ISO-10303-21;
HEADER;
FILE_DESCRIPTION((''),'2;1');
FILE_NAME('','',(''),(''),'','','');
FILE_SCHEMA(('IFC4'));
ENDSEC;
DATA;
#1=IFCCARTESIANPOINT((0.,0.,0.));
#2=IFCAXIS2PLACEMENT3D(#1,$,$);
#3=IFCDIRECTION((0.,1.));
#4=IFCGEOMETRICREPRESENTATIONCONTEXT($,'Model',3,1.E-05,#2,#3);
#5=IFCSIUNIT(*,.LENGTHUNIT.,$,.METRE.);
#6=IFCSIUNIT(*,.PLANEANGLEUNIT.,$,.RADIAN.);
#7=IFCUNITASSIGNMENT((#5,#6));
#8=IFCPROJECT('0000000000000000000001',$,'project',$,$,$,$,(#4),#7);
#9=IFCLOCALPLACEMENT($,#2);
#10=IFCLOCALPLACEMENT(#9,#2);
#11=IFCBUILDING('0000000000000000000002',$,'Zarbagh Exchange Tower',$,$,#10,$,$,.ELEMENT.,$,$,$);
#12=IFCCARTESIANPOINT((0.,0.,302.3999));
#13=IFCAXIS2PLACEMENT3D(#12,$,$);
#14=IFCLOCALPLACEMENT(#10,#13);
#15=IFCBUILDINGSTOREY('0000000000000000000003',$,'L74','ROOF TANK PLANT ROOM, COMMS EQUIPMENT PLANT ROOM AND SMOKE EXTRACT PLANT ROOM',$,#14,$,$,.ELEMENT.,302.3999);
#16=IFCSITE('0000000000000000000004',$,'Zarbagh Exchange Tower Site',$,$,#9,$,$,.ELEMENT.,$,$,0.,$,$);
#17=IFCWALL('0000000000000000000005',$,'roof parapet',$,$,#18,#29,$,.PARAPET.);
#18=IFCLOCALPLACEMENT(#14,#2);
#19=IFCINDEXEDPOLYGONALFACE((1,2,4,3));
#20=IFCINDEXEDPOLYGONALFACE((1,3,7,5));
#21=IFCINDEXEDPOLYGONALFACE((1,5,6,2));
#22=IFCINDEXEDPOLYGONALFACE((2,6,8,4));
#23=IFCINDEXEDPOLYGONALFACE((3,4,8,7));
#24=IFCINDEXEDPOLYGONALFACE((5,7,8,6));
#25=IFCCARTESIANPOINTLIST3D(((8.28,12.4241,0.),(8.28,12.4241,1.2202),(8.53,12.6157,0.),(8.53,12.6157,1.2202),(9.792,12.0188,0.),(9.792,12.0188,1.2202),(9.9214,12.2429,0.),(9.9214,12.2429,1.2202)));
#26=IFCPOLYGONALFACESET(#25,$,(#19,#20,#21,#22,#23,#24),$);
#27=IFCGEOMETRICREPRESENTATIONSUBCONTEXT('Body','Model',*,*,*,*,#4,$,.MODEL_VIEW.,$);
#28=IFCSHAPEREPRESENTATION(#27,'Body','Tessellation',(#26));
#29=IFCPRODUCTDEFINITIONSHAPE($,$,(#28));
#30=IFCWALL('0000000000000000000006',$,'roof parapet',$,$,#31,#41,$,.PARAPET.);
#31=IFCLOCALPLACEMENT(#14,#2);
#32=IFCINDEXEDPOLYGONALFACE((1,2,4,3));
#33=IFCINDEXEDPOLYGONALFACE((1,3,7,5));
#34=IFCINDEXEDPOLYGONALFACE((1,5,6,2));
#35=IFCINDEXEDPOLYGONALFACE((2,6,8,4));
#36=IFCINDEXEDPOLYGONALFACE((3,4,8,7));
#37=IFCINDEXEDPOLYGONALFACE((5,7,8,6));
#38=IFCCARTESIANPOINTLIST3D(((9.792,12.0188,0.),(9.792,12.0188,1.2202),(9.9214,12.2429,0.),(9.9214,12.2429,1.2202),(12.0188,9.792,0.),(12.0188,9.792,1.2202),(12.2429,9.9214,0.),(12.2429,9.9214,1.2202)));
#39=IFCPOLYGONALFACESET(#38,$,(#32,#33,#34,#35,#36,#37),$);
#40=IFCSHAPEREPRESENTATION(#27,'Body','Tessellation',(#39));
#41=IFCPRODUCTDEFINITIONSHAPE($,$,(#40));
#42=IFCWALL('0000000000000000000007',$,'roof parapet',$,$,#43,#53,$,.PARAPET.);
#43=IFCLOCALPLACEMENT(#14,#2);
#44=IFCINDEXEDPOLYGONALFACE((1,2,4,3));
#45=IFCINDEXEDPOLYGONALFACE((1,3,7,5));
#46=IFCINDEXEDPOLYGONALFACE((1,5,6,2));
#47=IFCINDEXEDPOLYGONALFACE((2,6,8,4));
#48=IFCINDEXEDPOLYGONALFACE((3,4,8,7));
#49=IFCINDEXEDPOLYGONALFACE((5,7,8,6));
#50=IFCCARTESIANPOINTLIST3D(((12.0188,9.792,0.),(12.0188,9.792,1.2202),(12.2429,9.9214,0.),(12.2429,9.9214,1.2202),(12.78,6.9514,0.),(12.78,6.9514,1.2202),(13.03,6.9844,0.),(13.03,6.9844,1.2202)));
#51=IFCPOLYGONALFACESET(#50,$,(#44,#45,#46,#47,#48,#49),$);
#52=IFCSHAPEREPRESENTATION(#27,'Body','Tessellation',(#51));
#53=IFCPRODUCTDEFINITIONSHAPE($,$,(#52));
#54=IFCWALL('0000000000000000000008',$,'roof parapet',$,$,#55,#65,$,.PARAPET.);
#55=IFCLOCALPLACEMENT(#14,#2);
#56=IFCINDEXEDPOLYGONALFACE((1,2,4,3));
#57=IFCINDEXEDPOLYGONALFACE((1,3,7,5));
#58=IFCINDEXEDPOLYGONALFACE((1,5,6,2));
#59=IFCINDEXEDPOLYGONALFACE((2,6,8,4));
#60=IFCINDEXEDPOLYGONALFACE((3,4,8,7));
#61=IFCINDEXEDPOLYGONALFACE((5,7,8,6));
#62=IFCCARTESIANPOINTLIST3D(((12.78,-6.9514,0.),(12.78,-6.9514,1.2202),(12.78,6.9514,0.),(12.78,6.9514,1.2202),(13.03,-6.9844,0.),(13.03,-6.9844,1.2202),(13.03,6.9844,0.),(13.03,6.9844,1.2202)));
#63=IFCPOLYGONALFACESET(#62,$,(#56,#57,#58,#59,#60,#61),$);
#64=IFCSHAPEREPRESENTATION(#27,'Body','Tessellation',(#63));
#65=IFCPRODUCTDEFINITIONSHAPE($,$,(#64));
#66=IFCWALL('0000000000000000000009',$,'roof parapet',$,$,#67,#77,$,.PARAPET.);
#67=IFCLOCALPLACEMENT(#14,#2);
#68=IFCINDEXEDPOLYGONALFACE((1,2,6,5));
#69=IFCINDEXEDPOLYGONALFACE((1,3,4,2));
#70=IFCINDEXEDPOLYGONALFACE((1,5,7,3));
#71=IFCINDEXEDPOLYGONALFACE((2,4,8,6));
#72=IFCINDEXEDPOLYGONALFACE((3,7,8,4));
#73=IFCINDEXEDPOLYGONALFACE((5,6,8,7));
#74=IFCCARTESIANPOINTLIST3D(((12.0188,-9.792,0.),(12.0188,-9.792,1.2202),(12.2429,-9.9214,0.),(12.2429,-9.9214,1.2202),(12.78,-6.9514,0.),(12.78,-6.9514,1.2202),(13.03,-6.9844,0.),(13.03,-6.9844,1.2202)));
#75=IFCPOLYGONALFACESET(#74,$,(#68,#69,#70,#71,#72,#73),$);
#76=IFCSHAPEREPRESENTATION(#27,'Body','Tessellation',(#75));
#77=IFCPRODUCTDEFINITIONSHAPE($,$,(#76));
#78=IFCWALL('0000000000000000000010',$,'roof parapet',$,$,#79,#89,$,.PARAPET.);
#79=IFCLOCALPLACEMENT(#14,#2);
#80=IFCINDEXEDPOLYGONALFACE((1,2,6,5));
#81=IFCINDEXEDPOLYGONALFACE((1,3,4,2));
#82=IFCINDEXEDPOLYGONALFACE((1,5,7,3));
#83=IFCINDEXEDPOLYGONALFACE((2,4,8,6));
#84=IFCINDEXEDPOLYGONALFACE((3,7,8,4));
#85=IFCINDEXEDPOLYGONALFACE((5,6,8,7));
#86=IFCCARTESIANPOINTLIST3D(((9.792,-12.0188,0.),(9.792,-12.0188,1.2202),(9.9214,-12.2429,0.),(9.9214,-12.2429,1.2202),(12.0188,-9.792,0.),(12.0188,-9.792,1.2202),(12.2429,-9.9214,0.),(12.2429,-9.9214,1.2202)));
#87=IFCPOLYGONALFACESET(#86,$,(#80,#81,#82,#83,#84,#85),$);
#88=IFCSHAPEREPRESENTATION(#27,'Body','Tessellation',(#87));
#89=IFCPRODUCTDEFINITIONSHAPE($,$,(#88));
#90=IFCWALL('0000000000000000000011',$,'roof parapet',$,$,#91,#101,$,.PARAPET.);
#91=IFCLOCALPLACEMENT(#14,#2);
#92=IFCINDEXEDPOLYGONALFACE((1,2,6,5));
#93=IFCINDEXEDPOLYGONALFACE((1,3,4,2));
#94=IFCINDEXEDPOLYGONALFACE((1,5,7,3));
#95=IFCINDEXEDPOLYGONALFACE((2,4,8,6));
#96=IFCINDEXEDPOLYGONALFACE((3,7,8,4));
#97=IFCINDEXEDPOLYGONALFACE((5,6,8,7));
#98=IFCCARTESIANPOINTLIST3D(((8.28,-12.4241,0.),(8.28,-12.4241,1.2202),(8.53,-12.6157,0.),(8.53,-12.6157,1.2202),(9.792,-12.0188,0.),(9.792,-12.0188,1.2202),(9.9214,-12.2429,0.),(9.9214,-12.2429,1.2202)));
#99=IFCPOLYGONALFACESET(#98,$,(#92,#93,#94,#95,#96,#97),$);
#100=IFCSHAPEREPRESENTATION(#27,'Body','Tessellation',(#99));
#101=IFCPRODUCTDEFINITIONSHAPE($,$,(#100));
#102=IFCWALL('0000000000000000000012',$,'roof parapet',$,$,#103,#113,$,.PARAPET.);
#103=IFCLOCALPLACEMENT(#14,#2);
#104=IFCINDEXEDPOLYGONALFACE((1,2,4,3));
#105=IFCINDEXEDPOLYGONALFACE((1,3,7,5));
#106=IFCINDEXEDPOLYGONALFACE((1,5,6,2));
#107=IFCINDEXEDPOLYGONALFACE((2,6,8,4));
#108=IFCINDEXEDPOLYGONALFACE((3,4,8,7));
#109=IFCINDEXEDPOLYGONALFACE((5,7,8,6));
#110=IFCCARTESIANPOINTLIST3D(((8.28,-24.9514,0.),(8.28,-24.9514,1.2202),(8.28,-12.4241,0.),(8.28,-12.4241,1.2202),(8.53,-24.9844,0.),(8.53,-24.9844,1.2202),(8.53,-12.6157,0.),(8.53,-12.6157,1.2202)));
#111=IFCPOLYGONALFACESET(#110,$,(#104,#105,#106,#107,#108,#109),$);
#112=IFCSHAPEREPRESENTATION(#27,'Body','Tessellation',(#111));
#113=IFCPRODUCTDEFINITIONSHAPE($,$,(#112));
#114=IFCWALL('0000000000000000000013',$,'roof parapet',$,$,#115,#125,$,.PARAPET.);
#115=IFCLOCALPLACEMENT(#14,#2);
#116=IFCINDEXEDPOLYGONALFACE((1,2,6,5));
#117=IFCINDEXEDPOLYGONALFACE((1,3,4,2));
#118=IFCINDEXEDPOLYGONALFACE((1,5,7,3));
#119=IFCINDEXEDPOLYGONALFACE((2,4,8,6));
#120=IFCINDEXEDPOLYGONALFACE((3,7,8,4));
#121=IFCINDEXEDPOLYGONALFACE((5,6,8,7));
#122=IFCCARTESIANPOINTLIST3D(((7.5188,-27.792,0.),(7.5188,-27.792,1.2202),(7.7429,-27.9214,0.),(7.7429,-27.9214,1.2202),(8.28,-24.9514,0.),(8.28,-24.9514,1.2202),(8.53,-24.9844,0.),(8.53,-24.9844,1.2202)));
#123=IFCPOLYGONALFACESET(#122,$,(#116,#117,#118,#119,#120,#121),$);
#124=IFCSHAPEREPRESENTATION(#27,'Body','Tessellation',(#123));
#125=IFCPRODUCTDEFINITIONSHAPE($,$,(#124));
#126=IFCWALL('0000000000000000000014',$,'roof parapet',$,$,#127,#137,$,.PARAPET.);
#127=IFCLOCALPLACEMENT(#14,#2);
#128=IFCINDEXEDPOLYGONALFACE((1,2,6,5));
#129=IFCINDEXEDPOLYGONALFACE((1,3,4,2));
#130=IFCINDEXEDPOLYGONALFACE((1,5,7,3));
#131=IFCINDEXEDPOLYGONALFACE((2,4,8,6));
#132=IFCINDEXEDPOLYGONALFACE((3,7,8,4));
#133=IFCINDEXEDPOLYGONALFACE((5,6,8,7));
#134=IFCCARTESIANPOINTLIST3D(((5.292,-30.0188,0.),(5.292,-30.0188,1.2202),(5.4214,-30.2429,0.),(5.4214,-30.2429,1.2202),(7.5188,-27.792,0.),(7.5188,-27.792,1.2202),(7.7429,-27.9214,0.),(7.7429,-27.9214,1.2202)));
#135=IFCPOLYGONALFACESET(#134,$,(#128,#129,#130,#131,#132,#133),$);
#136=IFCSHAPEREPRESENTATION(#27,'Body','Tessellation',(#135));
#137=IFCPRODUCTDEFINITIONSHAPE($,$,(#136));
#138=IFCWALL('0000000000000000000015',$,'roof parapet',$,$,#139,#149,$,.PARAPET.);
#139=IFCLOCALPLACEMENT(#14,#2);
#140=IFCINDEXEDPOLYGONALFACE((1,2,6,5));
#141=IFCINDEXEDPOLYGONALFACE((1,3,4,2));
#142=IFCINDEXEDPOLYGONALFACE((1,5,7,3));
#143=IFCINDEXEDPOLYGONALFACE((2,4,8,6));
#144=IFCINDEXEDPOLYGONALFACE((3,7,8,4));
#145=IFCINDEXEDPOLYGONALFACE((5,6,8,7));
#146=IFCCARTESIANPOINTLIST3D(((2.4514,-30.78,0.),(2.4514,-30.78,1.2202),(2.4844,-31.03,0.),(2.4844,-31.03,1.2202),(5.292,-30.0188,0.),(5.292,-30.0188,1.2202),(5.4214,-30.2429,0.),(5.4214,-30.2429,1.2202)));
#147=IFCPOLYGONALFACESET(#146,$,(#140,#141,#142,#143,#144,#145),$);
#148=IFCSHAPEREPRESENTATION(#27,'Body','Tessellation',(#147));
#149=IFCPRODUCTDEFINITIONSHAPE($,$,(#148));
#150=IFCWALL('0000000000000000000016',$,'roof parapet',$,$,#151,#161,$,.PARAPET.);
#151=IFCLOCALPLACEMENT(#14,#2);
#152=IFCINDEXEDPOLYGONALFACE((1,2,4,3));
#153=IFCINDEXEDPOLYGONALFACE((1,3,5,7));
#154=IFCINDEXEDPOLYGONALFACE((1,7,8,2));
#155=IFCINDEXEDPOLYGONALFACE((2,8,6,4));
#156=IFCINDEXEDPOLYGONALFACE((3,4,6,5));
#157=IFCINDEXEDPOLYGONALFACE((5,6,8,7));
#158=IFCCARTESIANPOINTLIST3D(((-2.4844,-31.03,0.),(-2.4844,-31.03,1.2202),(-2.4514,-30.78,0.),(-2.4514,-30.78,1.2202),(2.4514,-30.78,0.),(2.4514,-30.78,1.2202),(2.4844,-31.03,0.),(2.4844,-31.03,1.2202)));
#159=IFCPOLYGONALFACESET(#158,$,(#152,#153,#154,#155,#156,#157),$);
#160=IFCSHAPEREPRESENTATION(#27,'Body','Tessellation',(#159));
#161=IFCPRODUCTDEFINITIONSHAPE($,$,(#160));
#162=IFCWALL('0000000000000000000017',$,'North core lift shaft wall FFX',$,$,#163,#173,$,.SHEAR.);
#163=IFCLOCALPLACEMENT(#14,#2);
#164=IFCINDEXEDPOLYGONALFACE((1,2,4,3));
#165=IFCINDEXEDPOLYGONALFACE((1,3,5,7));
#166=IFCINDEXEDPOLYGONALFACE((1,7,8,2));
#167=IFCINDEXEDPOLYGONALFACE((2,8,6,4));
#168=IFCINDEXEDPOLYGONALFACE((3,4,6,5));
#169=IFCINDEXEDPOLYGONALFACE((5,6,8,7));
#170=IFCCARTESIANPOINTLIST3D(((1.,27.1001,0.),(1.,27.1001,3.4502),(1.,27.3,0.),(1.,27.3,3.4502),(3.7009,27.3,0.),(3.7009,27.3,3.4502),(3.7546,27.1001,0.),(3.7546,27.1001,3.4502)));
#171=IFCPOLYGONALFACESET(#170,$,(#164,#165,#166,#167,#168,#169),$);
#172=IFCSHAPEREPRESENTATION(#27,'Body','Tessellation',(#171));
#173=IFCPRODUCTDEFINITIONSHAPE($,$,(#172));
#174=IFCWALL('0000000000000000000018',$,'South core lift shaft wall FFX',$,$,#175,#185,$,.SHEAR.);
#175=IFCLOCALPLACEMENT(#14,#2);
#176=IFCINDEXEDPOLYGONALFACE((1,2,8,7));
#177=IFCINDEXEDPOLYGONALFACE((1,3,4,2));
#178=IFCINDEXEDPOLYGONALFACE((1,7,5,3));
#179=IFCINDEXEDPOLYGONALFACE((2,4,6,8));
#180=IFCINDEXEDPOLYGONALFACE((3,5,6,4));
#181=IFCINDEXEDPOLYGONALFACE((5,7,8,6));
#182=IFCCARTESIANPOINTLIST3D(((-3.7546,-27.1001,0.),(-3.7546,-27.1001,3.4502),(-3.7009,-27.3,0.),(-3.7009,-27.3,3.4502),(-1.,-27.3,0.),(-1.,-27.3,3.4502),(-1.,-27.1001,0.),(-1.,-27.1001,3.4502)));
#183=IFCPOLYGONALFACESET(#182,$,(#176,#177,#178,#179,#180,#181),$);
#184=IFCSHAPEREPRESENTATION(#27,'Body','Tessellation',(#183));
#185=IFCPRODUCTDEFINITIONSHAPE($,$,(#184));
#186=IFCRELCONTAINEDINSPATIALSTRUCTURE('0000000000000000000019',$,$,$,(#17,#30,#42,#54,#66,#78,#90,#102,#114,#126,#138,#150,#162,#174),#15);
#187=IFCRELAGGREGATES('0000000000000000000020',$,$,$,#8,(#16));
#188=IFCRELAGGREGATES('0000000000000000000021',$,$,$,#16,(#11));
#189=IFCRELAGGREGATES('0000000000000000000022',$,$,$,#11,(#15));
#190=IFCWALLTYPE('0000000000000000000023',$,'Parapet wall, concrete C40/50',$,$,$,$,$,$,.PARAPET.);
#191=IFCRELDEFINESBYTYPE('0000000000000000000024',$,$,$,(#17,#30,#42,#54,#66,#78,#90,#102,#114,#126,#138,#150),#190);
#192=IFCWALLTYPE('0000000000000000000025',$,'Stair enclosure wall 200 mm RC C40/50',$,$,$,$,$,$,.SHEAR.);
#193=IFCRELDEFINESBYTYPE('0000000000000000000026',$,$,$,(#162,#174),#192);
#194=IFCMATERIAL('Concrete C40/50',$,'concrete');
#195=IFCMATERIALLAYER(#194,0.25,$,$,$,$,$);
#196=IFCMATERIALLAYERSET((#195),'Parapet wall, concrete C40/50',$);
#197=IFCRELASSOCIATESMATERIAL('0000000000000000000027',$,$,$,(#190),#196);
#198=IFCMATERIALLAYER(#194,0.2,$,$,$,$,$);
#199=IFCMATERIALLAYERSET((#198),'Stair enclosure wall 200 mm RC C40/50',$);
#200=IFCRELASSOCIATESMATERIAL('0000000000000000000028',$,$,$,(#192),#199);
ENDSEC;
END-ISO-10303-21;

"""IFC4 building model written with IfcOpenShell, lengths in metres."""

from ifc_helpers import new_model, si_unit, direction, frame, origin, place, context, subcontext, project, spatial, polyline, outline, extrude, material, layer, layer_set, type_object, element, save


model = new_model("IFC4")

# Units and contexts
model_context = context("Model", 3, precision=1e-05, world=origin(), true_north=direction((0.0, 1.0)))
body_context = subcontext(model_context, "Body", "Model", "MODEL_VIEW")
ifc_project = project(units=[si_unit("LENGTHUNIT", "METRE"), si_unit("PLANEANGLEUNIT", "RADIAN")], contexts=[model_context])

# Site, building, storey
site_placement = place(None, origin())
site = spatial("IfcSite", under=ifc_project, at=site_placement, Name="Zarbagh Exchange Tower Site", CompositionType="ELEMENT", RefElevation=0.0)
building_placement = place(site_placement, origin())
building = spatial("IfcBuilding", under=site, at=building_placement, Name="Zarbagh Exchange Tower", CompositionType="ELEMENT")
storey_placement = place(building_placement, frame((0.0, 0.0, 302.3999)))
storey = spatial("IfcBuildingStorey", under=building, at=storey_placement, Name="L74", Description="ROOF TANK PLANT ROOM, COMMS EQUIPMENT PLANT ROOM AND SMOKE EXTRACT PLANT ROOM", CompositionType="ELEMENT", Elevation=302.3999)

# Shared definitions
ifc_material_1 = material(Name="Concrete C40/50", Category="concrete")

# Walls
ifc_layer_1 = layer(ifc_material_1, 0.25)
ifc_layer_set_1 = layer_set([ifc_layer_1], Name="Parapet wall, concrete C40/50")
wall_type_1 = type_object("IfcWallType", Name="Parapet wall, concrete C40/50", PredefinedType="PARAPET", material=ifc_layer_set_1)
wall_1_placement = place(storey_placement, origin())
element("IfcWall", 1, at=wall_1_placement, inside=storey, type_object=wall_type_1, Name="roof parapet", PredefinedType="PARAPET", context=body_context, shape_type="SweptSolid", body=[
    extrude(outline(polyline([(8.53, 12.6157), (9.9214, 12.2429), (9.792, 12.0188), (8.28, 12.4241), (8.53, 12.6157)])), origin(), (0.0, 0.0, 1.0), 1.2202),
])
wall_2_placement = place(storey_placement, origin())
element("IfcWall", 2, at=wall_2_placement, inside=storey, type_object=wall_type_1, Name="roof parapet", PredefinedType="PARAPET", context=body_context, shape_type="SweptSolid", body=[
    extrude(outline(polyline([(9.9214, 12.2429), (12.2429, 9.9214), (12.0188, 9.792), (9.792, 12.0188), (9.9214, 12.2429)])), origin(), (0.0, 0.0, 1.0), 1.2202),
])
wall_3_placement = place(storey_placement, origin())
element("IfcWall", 3, at=wall_3_placement, inside=storey, type_object=wall_type_1, Name="roof parapet", PredefinedType="PARAPET", context=body_context, shape_type="SweptSolid", body=[
    extrude(outline(polyline([(12.2429, 9.9214), (13.03, 6.9844), (12.78, 6.9514), (12.0188, 9.792), (12.2429, 9.9214)])), origin(), (0.0, 0.0, 1.0), 1.2202),
])
wall_4_placement = place(storey_placement, origin())
element("IfcWall", 4, at=wall_4_placement, inside=storey, type_object=wall_type_1, Name="roof parapet", PredefinedType="PARAPET", context=body_context, shape_type="SweptSolid", body=[
    extrude(outline(polyline([(13.03, 6.9844), (13.03, -6.9844), (12.78, -6.9514), (12.78, 6.9514), (13.03, 6.9844)])), origin(), (0.0, 0.0, 1.0), 1.2202),
])
wall_5_placement = place(storey_placement, origin())
element("IfcWall", 5, at=wall_5_placement, inside=storey, type_object=wall_type_1, Name="roof parapet", PredefinedType="PARAPET", context=body_context, shape_type="SweptSolid", body=[
    extrude(outline(polyline([(13.03, -6.9844), (12.2429, -9.9214), (12.0188, -9.792), (12.78, -6.9514), (13.03, -6.9844)])), origin(), (0.0, 0.0, 1.0), 1.2202),
])
wall_6_placement = place(storey_placement, origin())
element("IfcWall", 6, at=wall_6_placement, inside=storey, type_object=wall_type_1, Name="roof parapet", PredefinedType="PARAPET", context=body_context, shape_type="SweptSolid", body=[
    extrude(outline(polyline([(12.2429, -9.9214), (9.9214, -12.2429), (9.792, -12.0188), (12.0188, -9.792), (12.2429, -9.9214)])), origin(), (0.0, 0.0, 1.0), 1.2202),
])
wall_7_placement = place(storey_placement, origin())
element("IfcWall", 7, at=wall_7_placement, inside=storey, type_object=wall_type_1, Name="roof parapet", PredefinedType="PARAPET", context=body_context, shape_type="SweptSolid", body=[
    extrude(outline(polyline([(9.9214, -12.2429), (8.53, -12.6157), (8.28, -12.4241), (9.792, -12.0188), (9.9214, -12.2429)])), origin(), (0.0, 0.0, 1.0), 1.2202),
])
wall_8_placement = place(storey_placement, origin())
element("IfcWall", 8, at=wall_8_placement, inside=storey, type_object=wall_type_1, Name="roof parapet", PredefinedType="PARAPET", context=body_context, shape_type="SweptSolid", body=[
    extrude(outline(polyline([(8.53, -12.6157), (8.53, -24.9844), (8.28, -24.9514), (8.28, -12.4241), (8.53, -12.6157)])), origin(), (0.0, 0.0, 1.0), 1.2202),
])
wall_9_placement = place(storey_placement, origin())
element("IfcWall", 9, at=wall_9_placement, inside=storey, type_object=wall_type_1, Name="roof parapet", PredefinedType="PARAPET", context=body_context, shape_type="SweptSolid", body=[
    extrude(outline(polyline([(8.53, -24.9844), (7.7429, -27.9214), (7.5188, -27.792), (8.28, -24.9514), (8.53, -24.9844)])), origin(), (0.0, 0.0, 1.0), 1.2202),
])
wall_10_placement = place(storey_placement, origin())
element("IfcWall", 10, at=wall_10_placement, inside=storey, type_object=wall_type_1, Name="roof parapet", PredefinedType="PARAPET", context=body_context, shape_type="SweptSolid", body=[
    extrude(outline(polyline([(7.7429, -27.9214), (5.4214, -30.2429), (5.292, -30.0188), (7.5188, -27.792), (7.7429, -27.9214)])), origin(), (0.0, 0.0, 1.0), 1.2202),
])
wall_11_placement = place(storey_placement, origin())
element("IfcWall", 11, at=wall_11_placement, inside=storey, type_object=wall_type_1, Name="roof parapet", PredefinedType="PARAPET", context=body_context, shape_type="SweptSolid", body=[
    extrude(outline(polyline([(5.4214, -30.2429), (2.4844, -31.03), (2.4514, -30.78), (5.292, -30.0188), (5.4214, -30.2429)])), origin(), (0.0, 0.0, 1.0), 1.2202),
])
wall_12_placement = place(storey_placement, origin())
element("IfcWall", 12, at=wall_12_placement, inside=storey, type_object=wall_type_1, Name="roof parapet", PredefinedType="PARAPET", context=body_context, shape_type="SweptSolid", body=[
    extrude(outline(polyline([(2.4844, -31.03), (-2.4844, -31.03), (-2.4514, -30.78), (2.4514, -30.78), (2.4844, -31.03)])), origin(), (0.0, 0.0, 1.0), 1.2202),
])
ifc_layer_2 = layer(ifc_material_1, 0.2)
ifc_layer_set_2 = layer_set([ifc_layer_2], Name="Stair enclosure wall 200 mm RC C40/50")
wall_type_2 = type_object("IfcWallType", Name="Stair enclosure wall 200 mm RC C40/50", PredefinedType="SHEAR", material=ifc_layer_set_2)
wall_13_placement = place(storey_placement, origin())
element("IfcWall", 13, at=wall_13_placement, inside=storey, type_object=wall_type_2, Name="North core lift shaft wall FFX", PredefinedType="SHEAR", context=body_context, shape_type="SweptSolid", body=[
    extrude(outline(polyline([(1.0, 27.1001), (3.7546, 27.1001), (3.7009, 27.3), (1.0, 27.3), (1.0, 27.1001)])), origin(), (0.0, 0.0, 1.0), 3.4502),
])
wall_14_placement = place(storey_placement, origin())
element("IfcWall", 14, at=wall_14_placement, inside=storey, type_object=wall_type_2, Name="South core lift shaft wall FFX", PredefinedType="SHEAR", context=body_context, shape_type="SweptSolid", body=[
    extrude(outline(polyline([(-1.0, -27.1001), (-3.7546, -27.1001), (-3.7009, -27.3), (-1.0, -27.3), (-1.0, -27.1001)])), origin(), (0.0, 0.0, 1.0), 3.4502),
])

save(model, "model.ifc")
